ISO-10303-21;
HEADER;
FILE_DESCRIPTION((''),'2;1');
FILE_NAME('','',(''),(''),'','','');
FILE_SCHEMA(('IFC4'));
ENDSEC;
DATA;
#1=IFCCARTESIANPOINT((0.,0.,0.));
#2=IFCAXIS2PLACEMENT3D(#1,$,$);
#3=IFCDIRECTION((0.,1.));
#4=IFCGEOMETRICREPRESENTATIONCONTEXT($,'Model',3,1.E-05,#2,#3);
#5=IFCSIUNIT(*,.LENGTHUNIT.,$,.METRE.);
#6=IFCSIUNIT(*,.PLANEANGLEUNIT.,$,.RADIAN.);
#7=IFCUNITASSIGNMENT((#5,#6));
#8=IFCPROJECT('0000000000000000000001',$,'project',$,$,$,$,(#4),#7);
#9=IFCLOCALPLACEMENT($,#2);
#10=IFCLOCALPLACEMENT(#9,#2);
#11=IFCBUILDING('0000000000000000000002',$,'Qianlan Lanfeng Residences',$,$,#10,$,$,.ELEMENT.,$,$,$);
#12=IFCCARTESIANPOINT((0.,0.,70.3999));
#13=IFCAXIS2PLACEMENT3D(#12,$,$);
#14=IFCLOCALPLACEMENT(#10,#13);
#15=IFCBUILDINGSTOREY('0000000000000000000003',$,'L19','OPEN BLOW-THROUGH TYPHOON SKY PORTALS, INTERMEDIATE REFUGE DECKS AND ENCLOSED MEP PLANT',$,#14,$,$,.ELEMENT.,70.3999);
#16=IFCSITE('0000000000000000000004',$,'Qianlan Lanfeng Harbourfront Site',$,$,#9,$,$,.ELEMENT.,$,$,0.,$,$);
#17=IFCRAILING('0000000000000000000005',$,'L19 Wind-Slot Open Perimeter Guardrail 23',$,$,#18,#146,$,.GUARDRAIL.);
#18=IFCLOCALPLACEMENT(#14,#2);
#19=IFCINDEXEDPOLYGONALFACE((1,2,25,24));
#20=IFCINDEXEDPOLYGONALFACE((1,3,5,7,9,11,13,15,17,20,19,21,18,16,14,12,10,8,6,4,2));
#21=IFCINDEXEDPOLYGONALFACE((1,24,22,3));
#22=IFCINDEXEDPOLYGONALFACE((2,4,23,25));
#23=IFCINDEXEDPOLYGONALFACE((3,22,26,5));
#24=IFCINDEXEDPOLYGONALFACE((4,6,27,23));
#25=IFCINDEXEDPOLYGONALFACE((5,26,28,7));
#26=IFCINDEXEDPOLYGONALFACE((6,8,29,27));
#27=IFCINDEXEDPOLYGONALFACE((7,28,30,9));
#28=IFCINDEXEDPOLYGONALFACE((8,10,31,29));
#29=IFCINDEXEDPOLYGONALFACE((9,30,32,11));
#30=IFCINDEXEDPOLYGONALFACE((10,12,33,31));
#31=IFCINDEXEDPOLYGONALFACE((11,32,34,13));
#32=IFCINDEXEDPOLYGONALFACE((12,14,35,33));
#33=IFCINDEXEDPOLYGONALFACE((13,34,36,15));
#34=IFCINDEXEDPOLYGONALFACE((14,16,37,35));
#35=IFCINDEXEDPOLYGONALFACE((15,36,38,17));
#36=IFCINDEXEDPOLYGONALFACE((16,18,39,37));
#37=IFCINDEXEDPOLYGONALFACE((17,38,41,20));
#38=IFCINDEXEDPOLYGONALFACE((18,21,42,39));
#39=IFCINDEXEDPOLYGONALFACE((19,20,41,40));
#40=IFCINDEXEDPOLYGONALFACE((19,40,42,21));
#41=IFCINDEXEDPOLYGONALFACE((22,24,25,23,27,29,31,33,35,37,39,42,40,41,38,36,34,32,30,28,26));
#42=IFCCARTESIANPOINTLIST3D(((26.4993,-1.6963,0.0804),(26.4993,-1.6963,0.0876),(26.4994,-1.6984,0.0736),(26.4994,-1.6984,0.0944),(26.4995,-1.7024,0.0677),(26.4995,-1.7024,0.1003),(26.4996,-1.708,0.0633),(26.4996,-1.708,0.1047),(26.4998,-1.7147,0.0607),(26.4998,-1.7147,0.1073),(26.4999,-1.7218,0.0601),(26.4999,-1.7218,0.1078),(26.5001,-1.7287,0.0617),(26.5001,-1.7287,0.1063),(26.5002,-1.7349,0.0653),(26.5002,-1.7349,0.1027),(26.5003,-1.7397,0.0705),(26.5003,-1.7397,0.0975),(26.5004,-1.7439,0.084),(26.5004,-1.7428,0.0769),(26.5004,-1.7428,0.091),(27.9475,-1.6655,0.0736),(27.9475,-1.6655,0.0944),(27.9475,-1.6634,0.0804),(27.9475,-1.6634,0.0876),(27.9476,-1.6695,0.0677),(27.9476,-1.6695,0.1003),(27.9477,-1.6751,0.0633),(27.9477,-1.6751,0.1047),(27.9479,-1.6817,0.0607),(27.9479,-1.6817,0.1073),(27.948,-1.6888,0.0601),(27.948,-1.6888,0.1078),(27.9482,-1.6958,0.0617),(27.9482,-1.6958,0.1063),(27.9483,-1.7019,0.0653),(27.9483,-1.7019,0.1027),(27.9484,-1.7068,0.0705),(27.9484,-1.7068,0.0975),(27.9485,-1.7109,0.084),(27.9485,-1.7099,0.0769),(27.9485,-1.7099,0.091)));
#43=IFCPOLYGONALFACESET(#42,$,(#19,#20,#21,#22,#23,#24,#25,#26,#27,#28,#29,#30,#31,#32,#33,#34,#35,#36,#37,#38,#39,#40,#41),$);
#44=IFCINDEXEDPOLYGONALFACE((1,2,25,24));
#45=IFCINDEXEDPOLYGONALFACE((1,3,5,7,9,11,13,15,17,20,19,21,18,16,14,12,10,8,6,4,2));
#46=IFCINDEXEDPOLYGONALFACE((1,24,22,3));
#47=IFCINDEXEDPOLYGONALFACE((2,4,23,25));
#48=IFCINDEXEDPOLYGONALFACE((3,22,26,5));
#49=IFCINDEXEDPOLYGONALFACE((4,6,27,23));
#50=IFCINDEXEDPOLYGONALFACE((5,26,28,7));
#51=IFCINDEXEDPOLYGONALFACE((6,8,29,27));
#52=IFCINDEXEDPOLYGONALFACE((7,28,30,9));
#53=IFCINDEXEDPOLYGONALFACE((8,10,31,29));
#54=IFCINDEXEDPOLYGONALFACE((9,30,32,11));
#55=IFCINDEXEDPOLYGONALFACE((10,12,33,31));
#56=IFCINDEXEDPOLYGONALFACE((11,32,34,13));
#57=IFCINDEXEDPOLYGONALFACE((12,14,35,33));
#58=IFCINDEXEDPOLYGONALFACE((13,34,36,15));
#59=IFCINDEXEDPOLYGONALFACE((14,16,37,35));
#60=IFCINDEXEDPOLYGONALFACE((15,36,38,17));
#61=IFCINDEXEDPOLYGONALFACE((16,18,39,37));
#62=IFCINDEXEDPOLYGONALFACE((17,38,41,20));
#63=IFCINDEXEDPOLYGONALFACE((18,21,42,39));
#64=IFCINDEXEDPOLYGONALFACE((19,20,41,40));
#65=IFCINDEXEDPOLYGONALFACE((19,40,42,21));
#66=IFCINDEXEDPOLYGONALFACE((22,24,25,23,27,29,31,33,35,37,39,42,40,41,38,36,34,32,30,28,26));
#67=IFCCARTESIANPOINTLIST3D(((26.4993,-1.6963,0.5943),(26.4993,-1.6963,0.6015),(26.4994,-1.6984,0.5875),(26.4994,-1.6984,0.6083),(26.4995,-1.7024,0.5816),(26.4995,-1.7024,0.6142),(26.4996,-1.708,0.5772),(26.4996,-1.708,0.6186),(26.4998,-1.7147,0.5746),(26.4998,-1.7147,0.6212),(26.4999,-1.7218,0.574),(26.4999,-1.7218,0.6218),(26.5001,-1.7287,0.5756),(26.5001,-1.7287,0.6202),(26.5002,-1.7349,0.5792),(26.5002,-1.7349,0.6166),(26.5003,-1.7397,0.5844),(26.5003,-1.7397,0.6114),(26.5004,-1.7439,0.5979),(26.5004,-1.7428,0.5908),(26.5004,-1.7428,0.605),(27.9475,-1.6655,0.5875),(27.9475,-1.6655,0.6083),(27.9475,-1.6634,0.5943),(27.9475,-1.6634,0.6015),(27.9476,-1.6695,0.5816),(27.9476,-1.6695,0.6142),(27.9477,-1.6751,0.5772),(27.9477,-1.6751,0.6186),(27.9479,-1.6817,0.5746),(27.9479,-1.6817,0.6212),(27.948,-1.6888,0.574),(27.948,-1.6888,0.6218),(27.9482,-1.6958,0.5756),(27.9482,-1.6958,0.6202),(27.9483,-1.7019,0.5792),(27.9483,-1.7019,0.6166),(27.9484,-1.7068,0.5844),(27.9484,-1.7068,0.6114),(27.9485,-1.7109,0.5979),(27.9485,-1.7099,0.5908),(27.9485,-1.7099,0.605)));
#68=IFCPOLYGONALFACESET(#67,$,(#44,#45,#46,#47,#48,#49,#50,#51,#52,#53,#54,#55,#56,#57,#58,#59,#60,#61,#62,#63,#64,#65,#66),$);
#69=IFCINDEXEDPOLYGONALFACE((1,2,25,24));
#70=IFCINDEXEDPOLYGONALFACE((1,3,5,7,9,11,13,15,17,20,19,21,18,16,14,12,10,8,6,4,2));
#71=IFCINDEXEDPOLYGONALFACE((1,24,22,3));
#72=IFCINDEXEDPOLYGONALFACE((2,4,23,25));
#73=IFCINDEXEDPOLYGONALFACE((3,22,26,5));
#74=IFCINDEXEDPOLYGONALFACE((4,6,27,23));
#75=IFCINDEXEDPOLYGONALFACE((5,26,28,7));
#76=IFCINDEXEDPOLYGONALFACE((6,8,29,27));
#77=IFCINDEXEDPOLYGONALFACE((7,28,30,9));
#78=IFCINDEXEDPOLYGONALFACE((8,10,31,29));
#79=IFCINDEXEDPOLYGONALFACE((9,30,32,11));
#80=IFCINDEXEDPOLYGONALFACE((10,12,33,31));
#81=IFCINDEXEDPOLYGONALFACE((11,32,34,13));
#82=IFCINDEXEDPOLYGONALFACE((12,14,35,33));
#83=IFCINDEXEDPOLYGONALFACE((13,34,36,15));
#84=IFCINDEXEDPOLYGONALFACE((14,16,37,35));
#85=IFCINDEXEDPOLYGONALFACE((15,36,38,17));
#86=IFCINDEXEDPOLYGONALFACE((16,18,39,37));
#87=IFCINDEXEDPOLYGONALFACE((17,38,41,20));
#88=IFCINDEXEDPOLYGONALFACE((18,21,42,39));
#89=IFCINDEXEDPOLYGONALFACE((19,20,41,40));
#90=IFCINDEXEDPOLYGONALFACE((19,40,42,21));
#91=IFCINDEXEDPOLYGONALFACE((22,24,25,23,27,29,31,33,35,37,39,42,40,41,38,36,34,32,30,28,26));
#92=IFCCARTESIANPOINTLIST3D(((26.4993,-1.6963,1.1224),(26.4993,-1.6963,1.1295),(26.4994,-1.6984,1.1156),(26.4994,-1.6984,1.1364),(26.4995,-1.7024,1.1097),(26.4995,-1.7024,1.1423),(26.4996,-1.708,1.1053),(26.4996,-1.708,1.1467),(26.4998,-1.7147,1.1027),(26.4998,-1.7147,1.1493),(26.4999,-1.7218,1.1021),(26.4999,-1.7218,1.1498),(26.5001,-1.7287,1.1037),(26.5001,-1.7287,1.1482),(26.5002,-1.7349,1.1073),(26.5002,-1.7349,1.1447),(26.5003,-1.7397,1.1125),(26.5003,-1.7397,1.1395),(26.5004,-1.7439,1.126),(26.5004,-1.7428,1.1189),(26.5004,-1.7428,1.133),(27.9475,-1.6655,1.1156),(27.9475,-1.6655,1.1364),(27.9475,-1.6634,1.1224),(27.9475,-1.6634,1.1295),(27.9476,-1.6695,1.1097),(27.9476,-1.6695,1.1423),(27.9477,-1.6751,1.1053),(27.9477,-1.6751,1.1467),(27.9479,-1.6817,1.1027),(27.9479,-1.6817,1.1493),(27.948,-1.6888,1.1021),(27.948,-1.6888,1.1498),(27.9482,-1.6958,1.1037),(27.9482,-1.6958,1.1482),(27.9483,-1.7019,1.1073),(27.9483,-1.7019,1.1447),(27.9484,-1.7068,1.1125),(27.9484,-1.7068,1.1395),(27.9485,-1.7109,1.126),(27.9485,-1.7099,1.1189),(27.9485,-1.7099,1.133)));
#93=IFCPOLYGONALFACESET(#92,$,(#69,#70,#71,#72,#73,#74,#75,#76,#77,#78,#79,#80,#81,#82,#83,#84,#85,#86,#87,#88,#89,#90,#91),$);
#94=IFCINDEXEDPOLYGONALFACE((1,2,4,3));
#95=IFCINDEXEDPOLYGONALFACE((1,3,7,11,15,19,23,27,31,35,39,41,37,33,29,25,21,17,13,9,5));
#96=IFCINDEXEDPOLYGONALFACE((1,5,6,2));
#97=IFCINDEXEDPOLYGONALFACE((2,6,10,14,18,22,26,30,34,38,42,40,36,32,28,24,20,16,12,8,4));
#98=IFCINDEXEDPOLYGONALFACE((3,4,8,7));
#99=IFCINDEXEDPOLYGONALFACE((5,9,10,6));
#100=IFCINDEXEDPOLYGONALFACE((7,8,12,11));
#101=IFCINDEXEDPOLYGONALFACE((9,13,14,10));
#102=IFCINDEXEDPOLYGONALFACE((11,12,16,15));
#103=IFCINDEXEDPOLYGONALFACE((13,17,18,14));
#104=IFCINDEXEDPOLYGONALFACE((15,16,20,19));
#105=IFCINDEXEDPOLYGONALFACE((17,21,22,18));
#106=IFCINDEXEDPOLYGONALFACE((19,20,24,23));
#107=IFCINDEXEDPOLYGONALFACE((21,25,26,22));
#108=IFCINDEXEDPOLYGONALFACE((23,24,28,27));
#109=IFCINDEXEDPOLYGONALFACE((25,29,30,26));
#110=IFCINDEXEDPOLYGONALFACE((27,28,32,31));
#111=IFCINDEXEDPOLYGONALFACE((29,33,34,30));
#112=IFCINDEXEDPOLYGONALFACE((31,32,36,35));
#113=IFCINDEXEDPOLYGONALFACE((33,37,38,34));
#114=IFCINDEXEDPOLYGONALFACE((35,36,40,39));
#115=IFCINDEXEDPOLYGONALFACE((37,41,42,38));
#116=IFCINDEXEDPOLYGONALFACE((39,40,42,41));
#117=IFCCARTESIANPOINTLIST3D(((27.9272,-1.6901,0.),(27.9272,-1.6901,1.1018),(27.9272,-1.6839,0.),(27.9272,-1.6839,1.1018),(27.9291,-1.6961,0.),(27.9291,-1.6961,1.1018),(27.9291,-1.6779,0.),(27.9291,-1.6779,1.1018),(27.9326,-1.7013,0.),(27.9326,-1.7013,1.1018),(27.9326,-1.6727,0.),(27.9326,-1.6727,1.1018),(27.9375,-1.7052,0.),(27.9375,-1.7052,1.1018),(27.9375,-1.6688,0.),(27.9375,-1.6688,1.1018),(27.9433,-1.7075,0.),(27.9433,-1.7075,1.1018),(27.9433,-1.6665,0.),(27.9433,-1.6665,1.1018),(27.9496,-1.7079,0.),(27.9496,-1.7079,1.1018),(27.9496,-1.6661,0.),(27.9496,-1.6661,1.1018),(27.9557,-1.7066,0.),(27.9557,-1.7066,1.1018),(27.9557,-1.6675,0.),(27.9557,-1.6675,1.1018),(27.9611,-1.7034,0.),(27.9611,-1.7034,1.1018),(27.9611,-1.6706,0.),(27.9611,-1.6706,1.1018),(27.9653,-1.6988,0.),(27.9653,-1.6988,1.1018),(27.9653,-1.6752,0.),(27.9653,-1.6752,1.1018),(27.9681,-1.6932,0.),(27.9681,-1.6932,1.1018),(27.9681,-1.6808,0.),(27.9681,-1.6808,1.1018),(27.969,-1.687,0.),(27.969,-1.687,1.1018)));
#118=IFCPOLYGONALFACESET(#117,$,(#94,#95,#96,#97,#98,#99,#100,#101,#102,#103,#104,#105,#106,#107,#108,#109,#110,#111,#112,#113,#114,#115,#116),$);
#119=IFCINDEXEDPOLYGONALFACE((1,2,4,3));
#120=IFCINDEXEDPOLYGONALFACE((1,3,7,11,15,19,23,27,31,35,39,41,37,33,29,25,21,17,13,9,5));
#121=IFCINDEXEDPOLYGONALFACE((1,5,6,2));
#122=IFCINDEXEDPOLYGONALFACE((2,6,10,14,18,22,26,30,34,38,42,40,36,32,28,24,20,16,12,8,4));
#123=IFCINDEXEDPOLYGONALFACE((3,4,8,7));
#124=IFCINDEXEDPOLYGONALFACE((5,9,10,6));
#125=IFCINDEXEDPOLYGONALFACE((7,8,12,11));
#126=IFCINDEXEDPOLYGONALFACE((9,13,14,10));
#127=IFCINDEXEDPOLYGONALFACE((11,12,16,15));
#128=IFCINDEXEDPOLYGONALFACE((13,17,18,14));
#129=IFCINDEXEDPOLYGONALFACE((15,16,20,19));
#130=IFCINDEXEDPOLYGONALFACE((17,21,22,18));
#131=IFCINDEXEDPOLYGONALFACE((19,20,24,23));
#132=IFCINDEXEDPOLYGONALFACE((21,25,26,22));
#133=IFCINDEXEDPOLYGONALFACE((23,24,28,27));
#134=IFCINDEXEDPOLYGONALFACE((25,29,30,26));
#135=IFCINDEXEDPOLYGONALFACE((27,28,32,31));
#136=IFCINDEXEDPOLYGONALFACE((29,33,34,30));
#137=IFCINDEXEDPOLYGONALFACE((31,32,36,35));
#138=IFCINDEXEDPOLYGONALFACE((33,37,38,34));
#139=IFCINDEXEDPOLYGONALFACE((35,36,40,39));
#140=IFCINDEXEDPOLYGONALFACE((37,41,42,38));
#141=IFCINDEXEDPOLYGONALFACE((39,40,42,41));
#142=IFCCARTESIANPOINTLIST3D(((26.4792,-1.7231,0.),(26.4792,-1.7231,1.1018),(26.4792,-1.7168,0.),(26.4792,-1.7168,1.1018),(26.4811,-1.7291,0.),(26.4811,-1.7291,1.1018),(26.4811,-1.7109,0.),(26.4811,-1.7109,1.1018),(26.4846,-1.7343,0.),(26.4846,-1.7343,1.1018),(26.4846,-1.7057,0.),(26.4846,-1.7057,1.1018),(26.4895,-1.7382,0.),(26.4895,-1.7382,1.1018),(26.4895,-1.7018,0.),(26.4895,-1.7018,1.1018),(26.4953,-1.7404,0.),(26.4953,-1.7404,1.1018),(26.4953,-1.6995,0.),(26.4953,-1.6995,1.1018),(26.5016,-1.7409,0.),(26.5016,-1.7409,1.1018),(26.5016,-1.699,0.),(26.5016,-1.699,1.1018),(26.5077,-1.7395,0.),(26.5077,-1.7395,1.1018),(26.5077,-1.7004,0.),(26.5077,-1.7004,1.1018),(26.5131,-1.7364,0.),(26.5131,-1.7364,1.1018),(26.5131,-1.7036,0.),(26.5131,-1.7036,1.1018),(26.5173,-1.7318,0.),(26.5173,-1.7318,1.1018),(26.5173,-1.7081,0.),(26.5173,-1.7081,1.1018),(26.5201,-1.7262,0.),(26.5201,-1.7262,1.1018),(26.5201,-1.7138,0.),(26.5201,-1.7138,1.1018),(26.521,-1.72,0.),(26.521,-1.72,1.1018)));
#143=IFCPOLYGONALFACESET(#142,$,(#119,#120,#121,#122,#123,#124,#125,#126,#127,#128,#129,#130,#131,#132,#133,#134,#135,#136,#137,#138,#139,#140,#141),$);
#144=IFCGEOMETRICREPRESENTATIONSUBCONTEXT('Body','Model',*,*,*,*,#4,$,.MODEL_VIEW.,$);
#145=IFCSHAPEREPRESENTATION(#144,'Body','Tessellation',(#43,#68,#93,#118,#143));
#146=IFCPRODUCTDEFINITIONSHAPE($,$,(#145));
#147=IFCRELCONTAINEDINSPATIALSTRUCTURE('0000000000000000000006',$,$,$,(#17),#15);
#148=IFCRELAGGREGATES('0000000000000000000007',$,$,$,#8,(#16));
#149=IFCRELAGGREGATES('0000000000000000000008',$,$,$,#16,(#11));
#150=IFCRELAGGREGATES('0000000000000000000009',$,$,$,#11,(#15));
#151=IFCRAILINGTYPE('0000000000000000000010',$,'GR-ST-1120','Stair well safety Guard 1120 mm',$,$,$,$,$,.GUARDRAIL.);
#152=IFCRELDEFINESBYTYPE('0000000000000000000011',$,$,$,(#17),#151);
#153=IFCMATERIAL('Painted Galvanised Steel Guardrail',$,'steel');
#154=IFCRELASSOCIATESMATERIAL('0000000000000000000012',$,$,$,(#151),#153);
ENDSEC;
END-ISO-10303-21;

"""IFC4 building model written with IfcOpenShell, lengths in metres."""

from ifc_helpers import new_model, si_unit, direction, frame, origin, origin_2d, place, context, subcontext, project, spatial, circle, extrude, material, type_object, element, save


model = new_model("IFC4")

# Units and contexts
model_context = context("Model", 3, precision=1e-05, world=origin(), true_north=direction((0.0, 1.0)))
body_context = subcontext(model_context, "Body", "Model", "MODEL_VIEW")
ifc_project = project(units=[si_unit("LENGTHUNIT", "METRE"), si_unit("PLANEANGLEUNIT", "RADIAN")], contexts=[model_context])

# Site, building, storey
site_placement = place(None, origin())
site = spatial("IfcSite", under=ifc_project, at=site_placement, Name="Qianlan Lanfeng Harbourfront Site", CompositionType="ELEMENT", RefElevation=0.0)
building_placement = place(site_placement, origin())
building = spatial("IfcBuilding", under=site, at=building_placement, Name="Qianlan Lanfeng Residences", CompositionType="ELEMENT")
storey_placement = place(building_placement, frame((0.0, 0.0, 70.3999)))
storey = spatial("IfcBuildingStorey", under=building, at=storey_placement, Name="L19", Description="OPEN BLOW-THROUGH TYPHOON SKY PORTALS, INTERMEDIATE REFUGE DECKS AND ENCLOSED MEP PLANT", CompositionType="ELEMENT", Elevation=70.3999)

# Railing
ifc_material_1 = material(Name="Painted Galvanised Steel Guardrail", Category="steel")
railing_type = type_object("IfcRailingType", Name="GR-ST-1120", Description="Stair well safety Guard 1120 mm", PredefinedType="GUARDRAIL", material=ifc_material_1)
railing_1_placement = place(storey_placement, frame((27.948, -1.687, 0.0)))
element("IfcRailing", 1, at=railing_1_placement, inside=storey, type_object=railing_type, Name="L19 Wind-Slot Open Perimeter Guardrail 23", PredefinedType="GUARDRAIL", context=body_context, shape_type="SweptSolid", body=[
    extrude(circle(Radius=0.0239, at=origin_2d()), frame((0.0, 0.0, 0.084), z_axis=(-0.999741, -0.022756, 0.0), x_axis=(0.022756, -0.999741, 0.0)), (0.0, 0.0, 1.0), 1.4485),
    extrude(circle(Radius=0.0239, at=origin_2d()), frame((0.0, 0.0, 0.5979), z_axis=(-0.999741, -0.022756, 0.0), x_axis=(0.022756, -0.999741, 0.0)), (0.0, 0.0, 1.0), 1.4485),
    extrude(circle(Radius=0.0239, at=origin_2d()), frame((0.0, 0.0, 1.126), z_axis=(-0.999741, -0.022756, 0.0), x_axis=(0.022756, -0.999741, 0.0)), (0.0, 0.0, 1.0), 1.4485),
    extrude(circle(Radius=0.021, at=origin_2d()), origin(), (0.0, 0.0, 1.0), 1.1018),
    extrude(circle(Radius=0.021, at=origin_2d()), frame((-1.448, -0.033, 0.0)), (0.0, 0.0, 1.0), 1.1018),
])

save(model, "model.ifc")
